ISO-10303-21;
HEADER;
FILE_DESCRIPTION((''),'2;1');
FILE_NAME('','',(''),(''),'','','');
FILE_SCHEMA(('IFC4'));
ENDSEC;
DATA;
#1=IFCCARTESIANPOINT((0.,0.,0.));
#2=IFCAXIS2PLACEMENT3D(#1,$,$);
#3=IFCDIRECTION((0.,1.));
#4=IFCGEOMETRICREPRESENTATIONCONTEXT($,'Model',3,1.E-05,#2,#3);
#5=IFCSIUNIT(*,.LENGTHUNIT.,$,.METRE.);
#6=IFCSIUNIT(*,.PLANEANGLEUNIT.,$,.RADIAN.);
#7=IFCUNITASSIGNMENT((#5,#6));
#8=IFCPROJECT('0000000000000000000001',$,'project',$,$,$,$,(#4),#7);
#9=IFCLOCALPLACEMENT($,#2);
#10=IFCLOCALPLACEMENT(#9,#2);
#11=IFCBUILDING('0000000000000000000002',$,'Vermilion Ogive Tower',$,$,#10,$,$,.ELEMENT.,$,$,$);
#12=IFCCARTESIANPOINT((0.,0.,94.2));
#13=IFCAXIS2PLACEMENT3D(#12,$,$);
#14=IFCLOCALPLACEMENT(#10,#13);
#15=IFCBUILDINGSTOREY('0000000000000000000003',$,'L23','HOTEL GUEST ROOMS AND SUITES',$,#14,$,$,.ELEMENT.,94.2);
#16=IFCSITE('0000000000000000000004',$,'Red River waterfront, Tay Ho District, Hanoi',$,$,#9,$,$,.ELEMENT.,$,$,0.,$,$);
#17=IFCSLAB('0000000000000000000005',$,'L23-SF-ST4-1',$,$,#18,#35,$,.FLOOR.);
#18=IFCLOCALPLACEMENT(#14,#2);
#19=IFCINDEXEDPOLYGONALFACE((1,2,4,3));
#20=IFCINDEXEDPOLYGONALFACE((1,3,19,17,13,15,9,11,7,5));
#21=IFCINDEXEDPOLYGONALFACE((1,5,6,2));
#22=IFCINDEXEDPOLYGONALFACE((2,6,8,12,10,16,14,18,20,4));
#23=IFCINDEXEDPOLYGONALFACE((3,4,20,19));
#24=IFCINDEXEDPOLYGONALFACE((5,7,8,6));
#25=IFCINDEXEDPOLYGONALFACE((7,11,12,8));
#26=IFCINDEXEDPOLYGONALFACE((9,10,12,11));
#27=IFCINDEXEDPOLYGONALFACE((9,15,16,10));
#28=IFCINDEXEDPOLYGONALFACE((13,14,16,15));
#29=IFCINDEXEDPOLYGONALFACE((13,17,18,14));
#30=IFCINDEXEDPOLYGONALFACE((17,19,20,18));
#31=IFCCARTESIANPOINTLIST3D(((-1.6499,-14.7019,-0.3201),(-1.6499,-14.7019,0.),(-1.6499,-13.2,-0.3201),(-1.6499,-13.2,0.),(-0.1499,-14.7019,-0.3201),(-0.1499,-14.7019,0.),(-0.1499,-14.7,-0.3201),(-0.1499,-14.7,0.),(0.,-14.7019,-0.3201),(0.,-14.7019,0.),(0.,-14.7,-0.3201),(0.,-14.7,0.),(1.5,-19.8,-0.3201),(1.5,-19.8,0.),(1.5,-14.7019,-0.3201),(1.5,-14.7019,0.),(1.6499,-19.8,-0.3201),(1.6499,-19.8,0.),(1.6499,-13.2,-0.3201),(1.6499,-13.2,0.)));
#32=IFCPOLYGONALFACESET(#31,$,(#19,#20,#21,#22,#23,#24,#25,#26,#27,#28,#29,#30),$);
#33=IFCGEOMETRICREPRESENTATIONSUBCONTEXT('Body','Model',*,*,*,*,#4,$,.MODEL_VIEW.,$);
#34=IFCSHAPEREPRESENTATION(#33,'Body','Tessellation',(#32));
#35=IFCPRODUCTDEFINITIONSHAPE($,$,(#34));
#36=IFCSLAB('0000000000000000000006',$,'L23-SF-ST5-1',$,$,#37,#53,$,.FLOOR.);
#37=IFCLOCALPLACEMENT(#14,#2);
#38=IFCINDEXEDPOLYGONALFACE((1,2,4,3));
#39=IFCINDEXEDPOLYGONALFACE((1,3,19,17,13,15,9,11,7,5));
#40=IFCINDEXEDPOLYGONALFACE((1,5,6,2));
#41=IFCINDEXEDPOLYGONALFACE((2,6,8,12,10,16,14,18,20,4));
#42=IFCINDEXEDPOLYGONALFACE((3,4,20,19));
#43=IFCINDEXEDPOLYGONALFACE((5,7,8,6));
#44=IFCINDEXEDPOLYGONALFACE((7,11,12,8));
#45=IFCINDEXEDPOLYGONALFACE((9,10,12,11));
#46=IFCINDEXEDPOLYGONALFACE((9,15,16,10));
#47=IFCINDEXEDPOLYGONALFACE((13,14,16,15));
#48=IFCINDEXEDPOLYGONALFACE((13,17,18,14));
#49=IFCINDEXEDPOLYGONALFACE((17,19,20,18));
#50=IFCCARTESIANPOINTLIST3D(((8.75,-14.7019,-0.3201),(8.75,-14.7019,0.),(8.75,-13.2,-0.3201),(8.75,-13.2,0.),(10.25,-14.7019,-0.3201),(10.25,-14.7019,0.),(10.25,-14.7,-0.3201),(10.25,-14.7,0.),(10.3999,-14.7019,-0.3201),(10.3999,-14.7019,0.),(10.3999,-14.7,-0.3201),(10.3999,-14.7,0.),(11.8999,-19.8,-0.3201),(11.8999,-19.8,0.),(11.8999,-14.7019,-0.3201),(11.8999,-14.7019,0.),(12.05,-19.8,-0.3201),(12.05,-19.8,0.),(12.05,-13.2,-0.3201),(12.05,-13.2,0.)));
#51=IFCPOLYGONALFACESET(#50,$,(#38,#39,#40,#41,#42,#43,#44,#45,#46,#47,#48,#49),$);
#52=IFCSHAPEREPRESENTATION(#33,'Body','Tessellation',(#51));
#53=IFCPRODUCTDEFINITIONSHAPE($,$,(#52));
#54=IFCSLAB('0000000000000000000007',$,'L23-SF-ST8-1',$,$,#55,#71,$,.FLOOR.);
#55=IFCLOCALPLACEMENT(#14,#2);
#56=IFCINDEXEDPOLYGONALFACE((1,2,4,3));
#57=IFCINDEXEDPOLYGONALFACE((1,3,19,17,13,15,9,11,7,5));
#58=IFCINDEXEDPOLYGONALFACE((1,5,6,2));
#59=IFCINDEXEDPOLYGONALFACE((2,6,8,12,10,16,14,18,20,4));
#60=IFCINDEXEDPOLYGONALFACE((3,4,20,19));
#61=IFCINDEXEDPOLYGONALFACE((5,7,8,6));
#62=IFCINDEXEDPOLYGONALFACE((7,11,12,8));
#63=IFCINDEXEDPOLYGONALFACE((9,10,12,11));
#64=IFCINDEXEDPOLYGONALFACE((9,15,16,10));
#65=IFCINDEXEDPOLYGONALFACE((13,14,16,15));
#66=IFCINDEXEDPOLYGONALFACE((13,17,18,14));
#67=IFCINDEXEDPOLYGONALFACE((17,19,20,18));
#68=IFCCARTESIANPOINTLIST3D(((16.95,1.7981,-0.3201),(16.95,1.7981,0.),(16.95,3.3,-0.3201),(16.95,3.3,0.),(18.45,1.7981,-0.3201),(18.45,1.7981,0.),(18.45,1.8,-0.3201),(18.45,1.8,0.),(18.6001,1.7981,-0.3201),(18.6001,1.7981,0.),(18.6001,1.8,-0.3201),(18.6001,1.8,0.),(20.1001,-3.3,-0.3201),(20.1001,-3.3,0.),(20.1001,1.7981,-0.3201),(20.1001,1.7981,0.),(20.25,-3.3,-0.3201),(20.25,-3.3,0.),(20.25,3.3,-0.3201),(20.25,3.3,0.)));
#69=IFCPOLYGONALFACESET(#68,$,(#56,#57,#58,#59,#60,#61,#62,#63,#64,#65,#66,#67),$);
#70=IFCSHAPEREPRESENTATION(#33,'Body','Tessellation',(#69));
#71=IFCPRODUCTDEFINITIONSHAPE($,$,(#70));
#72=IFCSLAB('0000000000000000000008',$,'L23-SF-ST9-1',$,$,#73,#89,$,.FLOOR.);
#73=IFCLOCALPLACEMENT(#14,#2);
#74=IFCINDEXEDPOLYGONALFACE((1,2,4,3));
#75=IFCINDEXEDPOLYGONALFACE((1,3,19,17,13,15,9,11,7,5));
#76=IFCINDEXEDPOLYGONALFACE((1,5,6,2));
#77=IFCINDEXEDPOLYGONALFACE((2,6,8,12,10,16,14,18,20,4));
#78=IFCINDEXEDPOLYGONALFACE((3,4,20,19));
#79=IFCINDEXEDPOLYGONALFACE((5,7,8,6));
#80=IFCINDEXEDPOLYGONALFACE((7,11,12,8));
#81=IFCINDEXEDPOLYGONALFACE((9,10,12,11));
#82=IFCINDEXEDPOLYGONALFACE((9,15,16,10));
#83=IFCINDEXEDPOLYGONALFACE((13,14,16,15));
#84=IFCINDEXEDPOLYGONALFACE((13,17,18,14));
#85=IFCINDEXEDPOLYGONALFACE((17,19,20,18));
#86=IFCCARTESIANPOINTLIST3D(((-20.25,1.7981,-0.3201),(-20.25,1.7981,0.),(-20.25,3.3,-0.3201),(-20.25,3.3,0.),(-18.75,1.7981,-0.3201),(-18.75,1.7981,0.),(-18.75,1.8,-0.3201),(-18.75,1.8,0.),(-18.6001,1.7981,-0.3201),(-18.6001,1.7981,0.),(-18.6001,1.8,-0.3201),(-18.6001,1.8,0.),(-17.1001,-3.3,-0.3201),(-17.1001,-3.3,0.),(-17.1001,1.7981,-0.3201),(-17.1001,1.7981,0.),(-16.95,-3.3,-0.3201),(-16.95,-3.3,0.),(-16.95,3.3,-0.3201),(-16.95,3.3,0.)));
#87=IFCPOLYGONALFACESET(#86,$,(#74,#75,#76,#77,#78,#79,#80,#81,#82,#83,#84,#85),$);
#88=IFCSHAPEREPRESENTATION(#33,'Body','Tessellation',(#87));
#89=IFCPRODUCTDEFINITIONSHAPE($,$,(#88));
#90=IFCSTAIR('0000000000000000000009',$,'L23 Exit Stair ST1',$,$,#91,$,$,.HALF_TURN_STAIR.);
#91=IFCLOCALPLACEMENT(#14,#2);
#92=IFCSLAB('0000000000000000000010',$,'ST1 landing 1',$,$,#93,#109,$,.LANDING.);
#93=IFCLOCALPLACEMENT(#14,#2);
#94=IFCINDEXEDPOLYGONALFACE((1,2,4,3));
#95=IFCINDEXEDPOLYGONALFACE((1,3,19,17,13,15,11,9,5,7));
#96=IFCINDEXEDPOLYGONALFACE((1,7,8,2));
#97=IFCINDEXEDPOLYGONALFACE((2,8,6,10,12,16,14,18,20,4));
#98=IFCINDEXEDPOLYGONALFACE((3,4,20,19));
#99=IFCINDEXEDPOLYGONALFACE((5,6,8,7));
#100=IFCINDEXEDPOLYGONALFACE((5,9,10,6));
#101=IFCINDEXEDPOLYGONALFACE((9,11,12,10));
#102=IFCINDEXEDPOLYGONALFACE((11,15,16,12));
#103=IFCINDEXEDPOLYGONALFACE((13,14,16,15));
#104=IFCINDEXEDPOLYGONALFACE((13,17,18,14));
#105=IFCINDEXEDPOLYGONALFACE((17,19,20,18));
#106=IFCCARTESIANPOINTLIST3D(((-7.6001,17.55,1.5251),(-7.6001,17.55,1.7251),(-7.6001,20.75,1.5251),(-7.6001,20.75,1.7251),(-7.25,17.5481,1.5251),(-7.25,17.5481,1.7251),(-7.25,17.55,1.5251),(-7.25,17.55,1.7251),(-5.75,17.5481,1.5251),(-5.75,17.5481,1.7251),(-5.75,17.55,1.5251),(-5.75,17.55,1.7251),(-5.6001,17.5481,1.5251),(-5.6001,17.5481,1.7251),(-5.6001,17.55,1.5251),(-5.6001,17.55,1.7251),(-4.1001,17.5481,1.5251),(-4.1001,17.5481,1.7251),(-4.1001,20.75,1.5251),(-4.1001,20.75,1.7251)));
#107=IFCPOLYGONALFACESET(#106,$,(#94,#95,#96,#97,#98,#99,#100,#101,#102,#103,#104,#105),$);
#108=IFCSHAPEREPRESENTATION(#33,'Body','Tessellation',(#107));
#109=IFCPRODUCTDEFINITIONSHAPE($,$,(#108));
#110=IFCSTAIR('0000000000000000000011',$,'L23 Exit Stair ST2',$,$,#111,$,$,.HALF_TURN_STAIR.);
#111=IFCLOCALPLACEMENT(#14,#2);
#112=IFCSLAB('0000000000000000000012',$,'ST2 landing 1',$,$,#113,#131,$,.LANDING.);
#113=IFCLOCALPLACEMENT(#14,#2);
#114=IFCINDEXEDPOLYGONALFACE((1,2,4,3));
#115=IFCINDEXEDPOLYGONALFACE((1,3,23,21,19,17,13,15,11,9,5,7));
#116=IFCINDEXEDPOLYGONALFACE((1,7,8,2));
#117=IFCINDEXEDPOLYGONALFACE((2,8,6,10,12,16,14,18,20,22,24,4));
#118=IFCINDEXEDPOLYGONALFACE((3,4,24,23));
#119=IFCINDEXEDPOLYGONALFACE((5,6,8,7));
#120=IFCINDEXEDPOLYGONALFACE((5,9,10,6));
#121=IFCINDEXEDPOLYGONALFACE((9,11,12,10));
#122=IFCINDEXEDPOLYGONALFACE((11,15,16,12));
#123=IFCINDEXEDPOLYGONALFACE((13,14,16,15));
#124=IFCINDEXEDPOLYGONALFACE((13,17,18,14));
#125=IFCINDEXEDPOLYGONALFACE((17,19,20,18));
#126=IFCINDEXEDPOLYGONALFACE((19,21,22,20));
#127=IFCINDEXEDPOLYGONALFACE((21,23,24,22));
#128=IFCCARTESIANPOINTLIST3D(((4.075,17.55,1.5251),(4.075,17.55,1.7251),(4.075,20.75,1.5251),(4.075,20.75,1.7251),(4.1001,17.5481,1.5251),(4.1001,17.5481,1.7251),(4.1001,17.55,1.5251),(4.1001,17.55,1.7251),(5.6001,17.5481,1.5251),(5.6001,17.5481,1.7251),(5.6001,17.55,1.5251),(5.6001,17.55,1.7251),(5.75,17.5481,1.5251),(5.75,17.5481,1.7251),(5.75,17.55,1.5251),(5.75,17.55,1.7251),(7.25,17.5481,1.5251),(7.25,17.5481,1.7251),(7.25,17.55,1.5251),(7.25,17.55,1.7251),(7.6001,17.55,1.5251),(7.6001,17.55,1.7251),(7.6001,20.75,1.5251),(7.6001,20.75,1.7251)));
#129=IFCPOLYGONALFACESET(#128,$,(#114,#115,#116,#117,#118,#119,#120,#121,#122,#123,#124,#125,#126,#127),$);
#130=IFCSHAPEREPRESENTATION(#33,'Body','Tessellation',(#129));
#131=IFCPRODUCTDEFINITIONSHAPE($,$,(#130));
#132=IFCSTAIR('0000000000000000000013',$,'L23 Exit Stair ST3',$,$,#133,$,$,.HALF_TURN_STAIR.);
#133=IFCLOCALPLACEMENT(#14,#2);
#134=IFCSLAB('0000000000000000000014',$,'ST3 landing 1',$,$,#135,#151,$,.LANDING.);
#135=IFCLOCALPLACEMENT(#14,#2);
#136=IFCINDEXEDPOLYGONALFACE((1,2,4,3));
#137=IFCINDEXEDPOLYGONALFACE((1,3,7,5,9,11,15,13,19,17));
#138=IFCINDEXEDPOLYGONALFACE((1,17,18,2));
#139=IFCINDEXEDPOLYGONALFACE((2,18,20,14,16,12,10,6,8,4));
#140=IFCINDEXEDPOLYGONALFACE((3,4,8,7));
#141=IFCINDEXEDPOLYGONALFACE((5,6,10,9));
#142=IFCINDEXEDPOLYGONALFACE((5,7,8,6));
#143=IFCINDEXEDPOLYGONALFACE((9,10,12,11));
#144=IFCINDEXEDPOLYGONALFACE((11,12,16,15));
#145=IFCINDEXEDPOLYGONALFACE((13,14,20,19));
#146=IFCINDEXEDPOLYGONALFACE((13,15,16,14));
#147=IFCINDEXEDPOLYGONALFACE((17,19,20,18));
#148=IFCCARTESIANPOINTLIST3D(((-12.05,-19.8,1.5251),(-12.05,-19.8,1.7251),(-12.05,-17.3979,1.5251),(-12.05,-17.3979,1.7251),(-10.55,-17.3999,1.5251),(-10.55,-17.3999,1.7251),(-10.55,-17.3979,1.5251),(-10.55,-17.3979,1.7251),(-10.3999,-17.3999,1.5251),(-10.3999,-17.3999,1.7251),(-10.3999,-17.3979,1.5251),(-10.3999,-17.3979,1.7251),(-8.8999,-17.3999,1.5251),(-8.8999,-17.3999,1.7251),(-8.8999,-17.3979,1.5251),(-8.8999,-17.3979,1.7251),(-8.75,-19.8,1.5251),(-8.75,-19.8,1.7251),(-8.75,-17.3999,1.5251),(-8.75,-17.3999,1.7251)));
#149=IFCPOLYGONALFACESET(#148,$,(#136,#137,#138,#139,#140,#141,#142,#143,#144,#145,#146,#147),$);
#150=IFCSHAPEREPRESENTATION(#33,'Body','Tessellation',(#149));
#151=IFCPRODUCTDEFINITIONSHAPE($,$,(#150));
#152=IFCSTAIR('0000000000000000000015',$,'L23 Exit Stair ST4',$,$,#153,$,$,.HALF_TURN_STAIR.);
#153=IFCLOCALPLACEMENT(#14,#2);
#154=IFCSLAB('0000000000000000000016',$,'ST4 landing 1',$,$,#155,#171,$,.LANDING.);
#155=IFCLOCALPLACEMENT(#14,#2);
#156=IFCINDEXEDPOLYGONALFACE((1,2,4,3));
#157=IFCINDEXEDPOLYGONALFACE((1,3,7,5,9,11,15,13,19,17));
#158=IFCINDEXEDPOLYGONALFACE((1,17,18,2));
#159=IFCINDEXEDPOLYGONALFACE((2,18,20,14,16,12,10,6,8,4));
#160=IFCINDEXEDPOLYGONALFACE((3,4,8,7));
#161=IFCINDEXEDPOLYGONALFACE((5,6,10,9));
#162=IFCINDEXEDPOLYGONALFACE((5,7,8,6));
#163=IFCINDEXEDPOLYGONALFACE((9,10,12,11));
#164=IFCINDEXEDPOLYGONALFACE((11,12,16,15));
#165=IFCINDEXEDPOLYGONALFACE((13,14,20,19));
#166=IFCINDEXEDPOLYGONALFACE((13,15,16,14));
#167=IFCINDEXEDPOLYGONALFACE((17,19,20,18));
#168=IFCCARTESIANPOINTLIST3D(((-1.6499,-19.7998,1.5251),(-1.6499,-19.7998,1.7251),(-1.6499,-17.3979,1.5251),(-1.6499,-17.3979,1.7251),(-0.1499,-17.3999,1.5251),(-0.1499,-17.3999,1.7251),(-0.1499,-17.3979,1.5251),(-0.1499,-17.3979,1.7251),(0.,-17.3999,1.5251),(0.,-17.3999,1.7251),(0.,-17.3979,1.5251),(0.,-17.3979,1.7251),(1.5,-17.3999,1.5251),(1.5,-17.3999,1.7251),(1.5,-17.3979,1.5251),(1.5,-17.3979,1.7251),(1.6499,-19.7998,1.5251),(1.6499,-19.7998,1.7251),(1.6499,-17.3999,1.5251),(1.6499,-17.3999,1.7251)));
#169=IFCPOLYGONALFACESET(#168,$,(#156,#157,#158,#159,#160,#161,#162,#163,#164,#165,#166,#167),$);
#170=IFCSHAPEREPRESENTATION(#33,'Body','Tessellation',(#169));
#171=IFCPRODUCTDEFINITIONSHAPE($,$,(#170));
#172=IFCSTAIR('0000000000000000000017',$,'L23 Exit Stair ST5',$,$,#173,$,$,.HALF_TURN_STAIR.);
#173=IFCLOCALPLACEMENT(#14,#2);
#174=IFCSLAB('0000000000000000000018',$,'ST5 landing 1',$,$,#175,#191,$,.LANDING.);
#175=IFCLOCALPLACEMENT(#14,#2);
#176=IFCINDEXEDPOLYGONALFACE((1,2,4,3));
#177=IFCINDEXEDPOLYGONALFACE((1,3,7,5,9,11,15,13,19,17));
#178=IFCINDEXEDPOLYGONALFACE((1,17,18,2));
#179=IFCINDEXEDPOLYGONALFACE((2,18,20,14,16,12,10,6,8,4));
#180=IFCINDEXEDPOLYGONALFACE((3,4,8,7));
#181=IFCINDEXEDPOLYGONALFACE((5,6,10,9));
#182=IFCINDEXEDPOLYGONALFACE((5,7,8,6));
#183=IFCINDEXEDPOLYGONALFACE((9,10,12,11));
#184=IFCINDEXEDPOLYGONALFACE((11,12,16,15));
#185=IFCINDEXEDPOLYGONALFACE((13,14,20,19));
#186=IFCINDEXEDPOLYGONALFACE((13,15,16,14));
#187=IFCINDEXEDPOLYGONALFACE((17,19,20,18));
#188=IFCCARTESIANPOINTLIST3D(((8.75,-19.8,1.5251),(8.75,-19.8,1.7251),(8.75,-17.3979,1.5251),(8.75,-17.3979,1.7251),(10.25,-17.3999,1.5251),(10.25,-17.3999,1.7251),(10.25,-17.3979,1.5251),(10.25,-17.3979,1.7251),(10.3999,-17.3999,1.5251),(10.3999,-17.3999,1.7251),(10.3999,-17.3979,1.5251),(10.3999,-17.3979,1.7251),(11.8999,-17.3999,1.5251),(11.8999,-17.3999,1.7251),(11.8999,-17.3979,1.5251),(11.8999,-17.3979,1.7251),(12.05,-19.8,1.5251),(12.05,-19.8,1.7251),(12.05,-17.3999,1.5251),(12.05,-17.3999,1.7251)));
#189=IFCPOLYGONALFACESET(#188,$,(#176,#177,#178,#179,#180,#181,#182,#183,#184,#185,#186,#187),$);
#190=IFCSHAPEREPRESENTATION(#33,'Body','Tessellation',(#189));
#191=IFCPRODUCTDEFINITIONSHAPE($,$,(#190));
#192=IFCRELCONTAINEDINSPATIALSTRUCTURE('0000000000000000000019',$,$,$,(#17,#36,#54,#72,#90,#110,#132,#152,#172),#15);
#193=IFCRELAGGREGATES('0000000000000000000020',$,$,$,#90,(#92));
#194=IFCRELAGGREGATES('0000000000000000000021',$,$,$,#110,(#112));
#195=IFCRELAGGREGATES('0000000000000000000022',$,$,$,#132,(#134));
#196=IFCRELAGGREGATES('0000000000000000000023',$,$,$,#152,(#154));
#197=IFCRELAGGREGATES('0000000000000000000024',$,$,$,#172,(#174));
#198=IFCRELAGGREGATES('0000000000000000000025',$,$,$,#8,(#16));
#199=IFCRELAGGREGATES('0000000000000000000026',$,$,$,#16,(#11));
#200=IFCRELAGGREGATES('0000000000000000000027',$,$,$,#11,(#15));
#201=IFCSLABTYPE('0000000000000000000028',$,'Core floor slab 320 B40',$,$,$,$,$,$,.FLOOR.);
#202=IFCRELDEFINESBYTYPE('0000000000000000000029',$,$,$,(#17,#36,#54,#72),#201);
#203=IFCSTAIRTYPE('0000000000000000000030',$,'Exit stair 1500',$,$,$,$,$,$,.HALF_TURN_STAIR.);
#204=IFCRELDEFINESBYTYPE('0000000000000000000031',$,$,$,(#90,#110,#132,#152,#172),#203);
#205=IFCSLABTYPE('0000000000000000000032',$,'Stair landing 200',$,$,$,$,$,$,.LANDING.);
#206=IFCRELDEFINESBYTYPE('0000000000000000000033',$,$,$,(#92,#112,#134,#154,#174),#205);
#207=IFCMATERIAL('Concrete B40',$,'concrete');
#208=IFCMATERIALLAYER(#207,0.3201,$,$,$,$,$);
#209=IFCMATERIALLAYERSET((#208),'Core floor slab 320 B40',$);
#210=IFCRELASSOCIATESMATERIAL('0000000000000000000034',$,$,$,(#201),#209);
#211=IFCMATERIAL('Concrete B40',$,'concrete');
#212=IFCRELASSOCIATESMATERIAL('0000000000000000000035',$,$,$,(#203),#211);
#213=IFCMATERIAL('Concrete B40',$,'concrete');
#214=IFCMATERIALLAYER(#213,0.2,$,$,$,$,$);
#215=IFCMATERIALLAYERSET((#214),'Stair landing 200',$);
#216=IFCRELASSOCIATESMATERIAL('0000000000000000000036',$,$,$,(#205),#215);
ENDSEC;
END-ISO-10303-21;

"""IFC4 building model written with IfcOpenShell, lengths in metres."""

from ifc_helpers import new_model, si_unit, direction, frame, origin, place, context, subcontext, project, spatial, polyline, outline, extrude, material, layer, layer_set, type_object, element, aggregate, save


model = new_model("IFC4")

# Units and contexts
model_context = context("Model", 3, precision=1e-05, world=origin(), true_north=direction((0.0, 1.0)))
body_context = subcontext(model_context, "Body", "Model", "MODEL_VIEW")
ifc_project = project(units=[si_unit("LENGTHUNIT", "METRE"), si_unit("PLANEANGLEUNIT", "RADIAN")], contexts=[model_context])

# Site, building, storey
site_placement = place(None, origin())
site = spatial("IfcSite", under=ifc_project, at=site_placement, Name="Red River waterfront, Tay Ho District, Hanoi", CompositionType="ELEMENT", RefElevation=0.0)
building_placement = place(site_placement, origin())
building = spatial("IfcBuilding", under=site, at=building_placement, Name="Vermilion Ogive Tower", CompositionType="ELEMENT")
storey_placement = place(building_placement, frame((0.0, 0.0, 94.2)))
storey = spatial("IfcBuildingStorey", under=building, at=storey_placement, Name="L23", Description="HOTEL GUEST ROOMS AND SUITES", CompositionType="ELEMENT", Elevation=94.2)

# Slabs
ifc_material_1 = material(Name="Concrete B40", Category="concrete")
ifc_layer_1 = layer(ifc_material_1, 0.3201)
ifc_layer_set_1 = layer_set([ifc_layer_1], Name="Core floor slab 320 B40")
slab_type_1 = type_object("IfcSlabType", Name="Core floor slab 320 B40", PredefinedType="FLOOR", material=ifc_layer_set_1)
slab_1_placement = place(storey_placement, frame((0.0, 0.0, -0.3201)))
element("IfcSlab", 1, at=slab_1_placement, inside=storey, type_object=slab_type_1, Name="L23-SF-ST4-1", PredefinedType="FLOOR", context=body_context, shape_type="SweptSolid", body=[
    extrude(outline(polyline([(-1.6499, -13.2), (-1.6499, -14.7019), (-0.1499, -14.7019), (-0.1499, -14.7), (0.0, -14.7), (0.0, -14.7019), (1.5, -14.7019), (1.5, -19.8), (1.6499, -19.8), (1.6499, -13.2), (-1.6499, -13.2)])), origin(), (0.0, 0.0, 1.0), 0.3201),
])
slab_2_placement = place(storey_placement, frame((0.0, 0.0, -0.3201)))
element("IfcSlab", 2, at=slab_2_placement, inside=storey, type_object=slab_type_1, Name="L23-SF-ST5-1", PredefinedType="FLOOR", context=body_context, shape_type="SweptSolid", body=[
    extrude(outline(polyline([(8.75, -13.2), (8.75, -14.7019), (10.25, -14.7019), (10.25, -14.7), (10.3999, -14.7), (10.3999, -14.7019), (11.8999, -14.7019), (11.8999, -19.8), (12.05, -19.8), (12.05, -13.2), (8.75, -13.2)])), origin(), (0.0, 0.0, 1.0), 0.3201),
])
slab_3_placement = place(storey_placement, frame((0.0, 0.0, -0.3201)))
element("IfcSlab", 3, at=slab_3_placement, inside=storey, type_object=slab_type_1, Name="L23-SF-ST8-1", PredefinedType="FLOOR", context=body_context, shape_type="SweptSolid", body=[
    extrude(outline(polyline([(16.95, 3.3), (16.95, 1.7981), (18.45, 1.7981), (18.45, 1.8), (18.6001, 1.8), (18.6001, 1.7981), (20.1001, 1.7981), (20.1001, -3.3), (20.25, -3.3), (20.25, 3.3), (16.95, 3.3)])), origin(), (0.0, 0.0, 1.0), 0.3201),
])
slab_4_placement = place(storey_placement, frame((0.0, 0.0, -0.3201)))
element("IfcSlab", 4, at=slab_4_placement, inside=storey, type_object=slab_type_1, Name="L23-SF-ST9-1", PredefinedType="FLOOR", context=body_context, shape_type="SweptSolid", body=[
    extrude(outline(polyline([(-20.25, 3.3), (-20.25, 1.7981), (-18.75, 1.7981), (-18.75, 1.8), (-18.6001, 1.8), (-18.6001, 1.7981), (-17.1001, 1.7981), (-17.1001, -3.3), (-16.95, -3.3), (-16.95, 3.3), (-20.25, 3.3)])), origin(), (0.0, 0.0, 1.0), 0.3201),
])

# Stairs, slabs
ifc_material_2 = material(Name="Concrete B40", Category="concrete")
stair_type = type_object("IfcStairType", Name="Exit stair 1500", PredefinedType="HALF_TURN_STAIR", material=ifc_material_2)
stair_1_placement = place(storey_placement, origin())
stair_1 = element("IfcStair", 5, at=stair_1_placement, inside=storey, type_object=stair_type, Name="L23 Exit Stair ST1", PredefinedType="HALF_TURN_STAIR")
ifc_material_3 = material(Name="Concrete B40", Category="concrete")
ifc_layer_2 = layer(ifc_material_3, 0.2)
ifc_layer_set_2 = layer_set([ifc_layer_2], Name="Stair landing 200")
slab_type_2 = type_object("IfcSlabType", Name="Stair landing 200", PredefinedType="LANDING", material=ifc_layer_set_2)
slab_5_placement = place(storey_placement, frame((0.0, 0.0, 1.5251)))
slab_5 = element("IfcSlab", 6, at=slab_5_placement, type_object=slab_type_2, Name="ST1 landing 1", PredefinedType="LANDING", context=body_context, shape_type="SweptSolid", body=[
    extrude(outline(polyline([(-7.6001, 17.55), (-7.25, 17.55), (-7.25, 17.5481), (-5.75, 17.5481), (-5.75, 17.55), (-5.6001, 17.55), (-5.6001, 17.5481), (-4.1001, 17.5481), (-4.1001, 20.75), (-7.6001, 20.75), (-7.6001, 17.55)])), origin(), (0.0, 0.0, 1.0), 0.2),
])
aggregate(stair_1, [slab_5])
stair_2_placement = place(storey_placement, origin())
stair_2 = element("IfcStair", 7, at=stair_2_placement, inside=storey, type_object=stair_type, Name="L23 Exit Stair ST2", PredefinedType="HALF_TURN_STAIR")
slab_6_placement = place(storey_placement, frame((0.0, 0.0, 1.5251)))
slab_6 = element("IfcSlab", 8, at=slab_6_placement, type_object=slab_type_2, Name="ST2 landing 1", PredefinedType="LANDING", context=body_context, shape_type="SweptSolid", body=[
    extrude(outline(polyline([(5.6001, 17.55), (5.75, 17.55), (5.75, 17.5481), (7.25, 17.5481), (7.25, 17.55), (7.6001, 17.55), (7.6001, 20.75), (4.075, 20.75), (4.075, 17.55), (4.1001, 17.55), (4.1001, 17.5481), (5.6001, 17.5481), (5.6001, 17.55)])), origin(), (0.0, 0.0, 1.0), 0.2),
])
aggregate(stair_2, [slab_6])
stair_3_placement = place(storey_placement, origin())
stair_3 = element("IfcStair", 9, at=stair_3_placement, inside=storey, type_object=stair_type, Name="L23 Exit Stair ST3", PredefinedType="HALF_TURN_STAIR")
slab_7_placement = place(storey_placement, frame((0.0, 0.0, 1.5251)))
slab_7 = element("IfcSlab", 10, at=slab_7_placement, type_object=slab_type_2, Name="ST3 landing 1", PredefinedType="LANDING", context=body_context, shape_type="SweptSolid", body=[
    extrude(outline(polyline([(-8.75, -17.3999), (-8.8999, -17.3999), (-8.8999, -17.3979), (-10.3999, -17.3979), (-10.3999, -17.3999), (-10.55, -17.3999), (-10.55, -17.3979), (-12.05, -17.3979), (-12.05, -19.8), (-8.75, -19.8), (-8.75, -17.3999)])), origin(), (0.0, 0.0, 1.0), 0.2),
])
aggregate(stair_3, [slab_7])
stair_4_placement = place(storey_placement, origin())
stair_4 = element("IfcStair", 11, at=stair_4_placement, inside=storey, type_object=stair_type, Name="L23 Exit Stair ST4", PredefinedType="HALF_TURN_STAIR")
slab_8_placement = place(storey_placement, frame((0.0, 0.0, 1.5251)))
slab_8 = element("IfcSlab", 12, at=slab_8_placement, type_object=slab_type_2, Name="ST4 landing 1", PredefinedType="LANDING", context=body_context, shape_type="SweptSolid", body=[
    extrude(outline(polyline([(1.6499, -17.3999), (1.5, -17.3999), (1.5, -17.3979), (0.0, -17.3979), (0.0, -17.3999), (-0.1499, -17.3999), (-0.1499, -17.3979), (-1.6499, -17.3979), (-1.6499, -19.7998), (1.6499, -19.7998), (1.6499, -17.3999)])), origin(), (0.0, 0.0, 1.0), 0.2),
])
aggregate(stair_4, [slab_8])
stair_5_placement = place(storey_placement, origin())
stair_5 = element("IfcStair", 13, at=stair_5_placement, inside=storey, type_object=stair_type, Name="L23 Exit Stair ST5", PredefinedType="HALF_TURN_STAIR")
slab_9_placement = place(storey_placement, frame((0.0, 0.0, 1.5251)))
slab_9 = element("IfcSlab", 14, at=slab_9_placement, type_object=slab_type_2, Name="ST5 landing 1", PredefinedType="LANDING", context=body_context, shape_type="SweptSolid", body=[
    extrude(outline(polyline([(12.05, -17.3999), (11.8999, -17.3999), (11.8999, -17.3979), (10.3999, -17.3979), (10.3999, -17.3999), (10.25, -17.3999), (10.25, -17.3979), (8.75, -17.3979), (8.75, -19.8), (12.05, -19.8), (12.05, -17.3999)])), origin(), (0.0, 0.0, 1.0), 0.2),
])
aggregate(stair_5, [slab_9])

save(model, "model.ifc")
